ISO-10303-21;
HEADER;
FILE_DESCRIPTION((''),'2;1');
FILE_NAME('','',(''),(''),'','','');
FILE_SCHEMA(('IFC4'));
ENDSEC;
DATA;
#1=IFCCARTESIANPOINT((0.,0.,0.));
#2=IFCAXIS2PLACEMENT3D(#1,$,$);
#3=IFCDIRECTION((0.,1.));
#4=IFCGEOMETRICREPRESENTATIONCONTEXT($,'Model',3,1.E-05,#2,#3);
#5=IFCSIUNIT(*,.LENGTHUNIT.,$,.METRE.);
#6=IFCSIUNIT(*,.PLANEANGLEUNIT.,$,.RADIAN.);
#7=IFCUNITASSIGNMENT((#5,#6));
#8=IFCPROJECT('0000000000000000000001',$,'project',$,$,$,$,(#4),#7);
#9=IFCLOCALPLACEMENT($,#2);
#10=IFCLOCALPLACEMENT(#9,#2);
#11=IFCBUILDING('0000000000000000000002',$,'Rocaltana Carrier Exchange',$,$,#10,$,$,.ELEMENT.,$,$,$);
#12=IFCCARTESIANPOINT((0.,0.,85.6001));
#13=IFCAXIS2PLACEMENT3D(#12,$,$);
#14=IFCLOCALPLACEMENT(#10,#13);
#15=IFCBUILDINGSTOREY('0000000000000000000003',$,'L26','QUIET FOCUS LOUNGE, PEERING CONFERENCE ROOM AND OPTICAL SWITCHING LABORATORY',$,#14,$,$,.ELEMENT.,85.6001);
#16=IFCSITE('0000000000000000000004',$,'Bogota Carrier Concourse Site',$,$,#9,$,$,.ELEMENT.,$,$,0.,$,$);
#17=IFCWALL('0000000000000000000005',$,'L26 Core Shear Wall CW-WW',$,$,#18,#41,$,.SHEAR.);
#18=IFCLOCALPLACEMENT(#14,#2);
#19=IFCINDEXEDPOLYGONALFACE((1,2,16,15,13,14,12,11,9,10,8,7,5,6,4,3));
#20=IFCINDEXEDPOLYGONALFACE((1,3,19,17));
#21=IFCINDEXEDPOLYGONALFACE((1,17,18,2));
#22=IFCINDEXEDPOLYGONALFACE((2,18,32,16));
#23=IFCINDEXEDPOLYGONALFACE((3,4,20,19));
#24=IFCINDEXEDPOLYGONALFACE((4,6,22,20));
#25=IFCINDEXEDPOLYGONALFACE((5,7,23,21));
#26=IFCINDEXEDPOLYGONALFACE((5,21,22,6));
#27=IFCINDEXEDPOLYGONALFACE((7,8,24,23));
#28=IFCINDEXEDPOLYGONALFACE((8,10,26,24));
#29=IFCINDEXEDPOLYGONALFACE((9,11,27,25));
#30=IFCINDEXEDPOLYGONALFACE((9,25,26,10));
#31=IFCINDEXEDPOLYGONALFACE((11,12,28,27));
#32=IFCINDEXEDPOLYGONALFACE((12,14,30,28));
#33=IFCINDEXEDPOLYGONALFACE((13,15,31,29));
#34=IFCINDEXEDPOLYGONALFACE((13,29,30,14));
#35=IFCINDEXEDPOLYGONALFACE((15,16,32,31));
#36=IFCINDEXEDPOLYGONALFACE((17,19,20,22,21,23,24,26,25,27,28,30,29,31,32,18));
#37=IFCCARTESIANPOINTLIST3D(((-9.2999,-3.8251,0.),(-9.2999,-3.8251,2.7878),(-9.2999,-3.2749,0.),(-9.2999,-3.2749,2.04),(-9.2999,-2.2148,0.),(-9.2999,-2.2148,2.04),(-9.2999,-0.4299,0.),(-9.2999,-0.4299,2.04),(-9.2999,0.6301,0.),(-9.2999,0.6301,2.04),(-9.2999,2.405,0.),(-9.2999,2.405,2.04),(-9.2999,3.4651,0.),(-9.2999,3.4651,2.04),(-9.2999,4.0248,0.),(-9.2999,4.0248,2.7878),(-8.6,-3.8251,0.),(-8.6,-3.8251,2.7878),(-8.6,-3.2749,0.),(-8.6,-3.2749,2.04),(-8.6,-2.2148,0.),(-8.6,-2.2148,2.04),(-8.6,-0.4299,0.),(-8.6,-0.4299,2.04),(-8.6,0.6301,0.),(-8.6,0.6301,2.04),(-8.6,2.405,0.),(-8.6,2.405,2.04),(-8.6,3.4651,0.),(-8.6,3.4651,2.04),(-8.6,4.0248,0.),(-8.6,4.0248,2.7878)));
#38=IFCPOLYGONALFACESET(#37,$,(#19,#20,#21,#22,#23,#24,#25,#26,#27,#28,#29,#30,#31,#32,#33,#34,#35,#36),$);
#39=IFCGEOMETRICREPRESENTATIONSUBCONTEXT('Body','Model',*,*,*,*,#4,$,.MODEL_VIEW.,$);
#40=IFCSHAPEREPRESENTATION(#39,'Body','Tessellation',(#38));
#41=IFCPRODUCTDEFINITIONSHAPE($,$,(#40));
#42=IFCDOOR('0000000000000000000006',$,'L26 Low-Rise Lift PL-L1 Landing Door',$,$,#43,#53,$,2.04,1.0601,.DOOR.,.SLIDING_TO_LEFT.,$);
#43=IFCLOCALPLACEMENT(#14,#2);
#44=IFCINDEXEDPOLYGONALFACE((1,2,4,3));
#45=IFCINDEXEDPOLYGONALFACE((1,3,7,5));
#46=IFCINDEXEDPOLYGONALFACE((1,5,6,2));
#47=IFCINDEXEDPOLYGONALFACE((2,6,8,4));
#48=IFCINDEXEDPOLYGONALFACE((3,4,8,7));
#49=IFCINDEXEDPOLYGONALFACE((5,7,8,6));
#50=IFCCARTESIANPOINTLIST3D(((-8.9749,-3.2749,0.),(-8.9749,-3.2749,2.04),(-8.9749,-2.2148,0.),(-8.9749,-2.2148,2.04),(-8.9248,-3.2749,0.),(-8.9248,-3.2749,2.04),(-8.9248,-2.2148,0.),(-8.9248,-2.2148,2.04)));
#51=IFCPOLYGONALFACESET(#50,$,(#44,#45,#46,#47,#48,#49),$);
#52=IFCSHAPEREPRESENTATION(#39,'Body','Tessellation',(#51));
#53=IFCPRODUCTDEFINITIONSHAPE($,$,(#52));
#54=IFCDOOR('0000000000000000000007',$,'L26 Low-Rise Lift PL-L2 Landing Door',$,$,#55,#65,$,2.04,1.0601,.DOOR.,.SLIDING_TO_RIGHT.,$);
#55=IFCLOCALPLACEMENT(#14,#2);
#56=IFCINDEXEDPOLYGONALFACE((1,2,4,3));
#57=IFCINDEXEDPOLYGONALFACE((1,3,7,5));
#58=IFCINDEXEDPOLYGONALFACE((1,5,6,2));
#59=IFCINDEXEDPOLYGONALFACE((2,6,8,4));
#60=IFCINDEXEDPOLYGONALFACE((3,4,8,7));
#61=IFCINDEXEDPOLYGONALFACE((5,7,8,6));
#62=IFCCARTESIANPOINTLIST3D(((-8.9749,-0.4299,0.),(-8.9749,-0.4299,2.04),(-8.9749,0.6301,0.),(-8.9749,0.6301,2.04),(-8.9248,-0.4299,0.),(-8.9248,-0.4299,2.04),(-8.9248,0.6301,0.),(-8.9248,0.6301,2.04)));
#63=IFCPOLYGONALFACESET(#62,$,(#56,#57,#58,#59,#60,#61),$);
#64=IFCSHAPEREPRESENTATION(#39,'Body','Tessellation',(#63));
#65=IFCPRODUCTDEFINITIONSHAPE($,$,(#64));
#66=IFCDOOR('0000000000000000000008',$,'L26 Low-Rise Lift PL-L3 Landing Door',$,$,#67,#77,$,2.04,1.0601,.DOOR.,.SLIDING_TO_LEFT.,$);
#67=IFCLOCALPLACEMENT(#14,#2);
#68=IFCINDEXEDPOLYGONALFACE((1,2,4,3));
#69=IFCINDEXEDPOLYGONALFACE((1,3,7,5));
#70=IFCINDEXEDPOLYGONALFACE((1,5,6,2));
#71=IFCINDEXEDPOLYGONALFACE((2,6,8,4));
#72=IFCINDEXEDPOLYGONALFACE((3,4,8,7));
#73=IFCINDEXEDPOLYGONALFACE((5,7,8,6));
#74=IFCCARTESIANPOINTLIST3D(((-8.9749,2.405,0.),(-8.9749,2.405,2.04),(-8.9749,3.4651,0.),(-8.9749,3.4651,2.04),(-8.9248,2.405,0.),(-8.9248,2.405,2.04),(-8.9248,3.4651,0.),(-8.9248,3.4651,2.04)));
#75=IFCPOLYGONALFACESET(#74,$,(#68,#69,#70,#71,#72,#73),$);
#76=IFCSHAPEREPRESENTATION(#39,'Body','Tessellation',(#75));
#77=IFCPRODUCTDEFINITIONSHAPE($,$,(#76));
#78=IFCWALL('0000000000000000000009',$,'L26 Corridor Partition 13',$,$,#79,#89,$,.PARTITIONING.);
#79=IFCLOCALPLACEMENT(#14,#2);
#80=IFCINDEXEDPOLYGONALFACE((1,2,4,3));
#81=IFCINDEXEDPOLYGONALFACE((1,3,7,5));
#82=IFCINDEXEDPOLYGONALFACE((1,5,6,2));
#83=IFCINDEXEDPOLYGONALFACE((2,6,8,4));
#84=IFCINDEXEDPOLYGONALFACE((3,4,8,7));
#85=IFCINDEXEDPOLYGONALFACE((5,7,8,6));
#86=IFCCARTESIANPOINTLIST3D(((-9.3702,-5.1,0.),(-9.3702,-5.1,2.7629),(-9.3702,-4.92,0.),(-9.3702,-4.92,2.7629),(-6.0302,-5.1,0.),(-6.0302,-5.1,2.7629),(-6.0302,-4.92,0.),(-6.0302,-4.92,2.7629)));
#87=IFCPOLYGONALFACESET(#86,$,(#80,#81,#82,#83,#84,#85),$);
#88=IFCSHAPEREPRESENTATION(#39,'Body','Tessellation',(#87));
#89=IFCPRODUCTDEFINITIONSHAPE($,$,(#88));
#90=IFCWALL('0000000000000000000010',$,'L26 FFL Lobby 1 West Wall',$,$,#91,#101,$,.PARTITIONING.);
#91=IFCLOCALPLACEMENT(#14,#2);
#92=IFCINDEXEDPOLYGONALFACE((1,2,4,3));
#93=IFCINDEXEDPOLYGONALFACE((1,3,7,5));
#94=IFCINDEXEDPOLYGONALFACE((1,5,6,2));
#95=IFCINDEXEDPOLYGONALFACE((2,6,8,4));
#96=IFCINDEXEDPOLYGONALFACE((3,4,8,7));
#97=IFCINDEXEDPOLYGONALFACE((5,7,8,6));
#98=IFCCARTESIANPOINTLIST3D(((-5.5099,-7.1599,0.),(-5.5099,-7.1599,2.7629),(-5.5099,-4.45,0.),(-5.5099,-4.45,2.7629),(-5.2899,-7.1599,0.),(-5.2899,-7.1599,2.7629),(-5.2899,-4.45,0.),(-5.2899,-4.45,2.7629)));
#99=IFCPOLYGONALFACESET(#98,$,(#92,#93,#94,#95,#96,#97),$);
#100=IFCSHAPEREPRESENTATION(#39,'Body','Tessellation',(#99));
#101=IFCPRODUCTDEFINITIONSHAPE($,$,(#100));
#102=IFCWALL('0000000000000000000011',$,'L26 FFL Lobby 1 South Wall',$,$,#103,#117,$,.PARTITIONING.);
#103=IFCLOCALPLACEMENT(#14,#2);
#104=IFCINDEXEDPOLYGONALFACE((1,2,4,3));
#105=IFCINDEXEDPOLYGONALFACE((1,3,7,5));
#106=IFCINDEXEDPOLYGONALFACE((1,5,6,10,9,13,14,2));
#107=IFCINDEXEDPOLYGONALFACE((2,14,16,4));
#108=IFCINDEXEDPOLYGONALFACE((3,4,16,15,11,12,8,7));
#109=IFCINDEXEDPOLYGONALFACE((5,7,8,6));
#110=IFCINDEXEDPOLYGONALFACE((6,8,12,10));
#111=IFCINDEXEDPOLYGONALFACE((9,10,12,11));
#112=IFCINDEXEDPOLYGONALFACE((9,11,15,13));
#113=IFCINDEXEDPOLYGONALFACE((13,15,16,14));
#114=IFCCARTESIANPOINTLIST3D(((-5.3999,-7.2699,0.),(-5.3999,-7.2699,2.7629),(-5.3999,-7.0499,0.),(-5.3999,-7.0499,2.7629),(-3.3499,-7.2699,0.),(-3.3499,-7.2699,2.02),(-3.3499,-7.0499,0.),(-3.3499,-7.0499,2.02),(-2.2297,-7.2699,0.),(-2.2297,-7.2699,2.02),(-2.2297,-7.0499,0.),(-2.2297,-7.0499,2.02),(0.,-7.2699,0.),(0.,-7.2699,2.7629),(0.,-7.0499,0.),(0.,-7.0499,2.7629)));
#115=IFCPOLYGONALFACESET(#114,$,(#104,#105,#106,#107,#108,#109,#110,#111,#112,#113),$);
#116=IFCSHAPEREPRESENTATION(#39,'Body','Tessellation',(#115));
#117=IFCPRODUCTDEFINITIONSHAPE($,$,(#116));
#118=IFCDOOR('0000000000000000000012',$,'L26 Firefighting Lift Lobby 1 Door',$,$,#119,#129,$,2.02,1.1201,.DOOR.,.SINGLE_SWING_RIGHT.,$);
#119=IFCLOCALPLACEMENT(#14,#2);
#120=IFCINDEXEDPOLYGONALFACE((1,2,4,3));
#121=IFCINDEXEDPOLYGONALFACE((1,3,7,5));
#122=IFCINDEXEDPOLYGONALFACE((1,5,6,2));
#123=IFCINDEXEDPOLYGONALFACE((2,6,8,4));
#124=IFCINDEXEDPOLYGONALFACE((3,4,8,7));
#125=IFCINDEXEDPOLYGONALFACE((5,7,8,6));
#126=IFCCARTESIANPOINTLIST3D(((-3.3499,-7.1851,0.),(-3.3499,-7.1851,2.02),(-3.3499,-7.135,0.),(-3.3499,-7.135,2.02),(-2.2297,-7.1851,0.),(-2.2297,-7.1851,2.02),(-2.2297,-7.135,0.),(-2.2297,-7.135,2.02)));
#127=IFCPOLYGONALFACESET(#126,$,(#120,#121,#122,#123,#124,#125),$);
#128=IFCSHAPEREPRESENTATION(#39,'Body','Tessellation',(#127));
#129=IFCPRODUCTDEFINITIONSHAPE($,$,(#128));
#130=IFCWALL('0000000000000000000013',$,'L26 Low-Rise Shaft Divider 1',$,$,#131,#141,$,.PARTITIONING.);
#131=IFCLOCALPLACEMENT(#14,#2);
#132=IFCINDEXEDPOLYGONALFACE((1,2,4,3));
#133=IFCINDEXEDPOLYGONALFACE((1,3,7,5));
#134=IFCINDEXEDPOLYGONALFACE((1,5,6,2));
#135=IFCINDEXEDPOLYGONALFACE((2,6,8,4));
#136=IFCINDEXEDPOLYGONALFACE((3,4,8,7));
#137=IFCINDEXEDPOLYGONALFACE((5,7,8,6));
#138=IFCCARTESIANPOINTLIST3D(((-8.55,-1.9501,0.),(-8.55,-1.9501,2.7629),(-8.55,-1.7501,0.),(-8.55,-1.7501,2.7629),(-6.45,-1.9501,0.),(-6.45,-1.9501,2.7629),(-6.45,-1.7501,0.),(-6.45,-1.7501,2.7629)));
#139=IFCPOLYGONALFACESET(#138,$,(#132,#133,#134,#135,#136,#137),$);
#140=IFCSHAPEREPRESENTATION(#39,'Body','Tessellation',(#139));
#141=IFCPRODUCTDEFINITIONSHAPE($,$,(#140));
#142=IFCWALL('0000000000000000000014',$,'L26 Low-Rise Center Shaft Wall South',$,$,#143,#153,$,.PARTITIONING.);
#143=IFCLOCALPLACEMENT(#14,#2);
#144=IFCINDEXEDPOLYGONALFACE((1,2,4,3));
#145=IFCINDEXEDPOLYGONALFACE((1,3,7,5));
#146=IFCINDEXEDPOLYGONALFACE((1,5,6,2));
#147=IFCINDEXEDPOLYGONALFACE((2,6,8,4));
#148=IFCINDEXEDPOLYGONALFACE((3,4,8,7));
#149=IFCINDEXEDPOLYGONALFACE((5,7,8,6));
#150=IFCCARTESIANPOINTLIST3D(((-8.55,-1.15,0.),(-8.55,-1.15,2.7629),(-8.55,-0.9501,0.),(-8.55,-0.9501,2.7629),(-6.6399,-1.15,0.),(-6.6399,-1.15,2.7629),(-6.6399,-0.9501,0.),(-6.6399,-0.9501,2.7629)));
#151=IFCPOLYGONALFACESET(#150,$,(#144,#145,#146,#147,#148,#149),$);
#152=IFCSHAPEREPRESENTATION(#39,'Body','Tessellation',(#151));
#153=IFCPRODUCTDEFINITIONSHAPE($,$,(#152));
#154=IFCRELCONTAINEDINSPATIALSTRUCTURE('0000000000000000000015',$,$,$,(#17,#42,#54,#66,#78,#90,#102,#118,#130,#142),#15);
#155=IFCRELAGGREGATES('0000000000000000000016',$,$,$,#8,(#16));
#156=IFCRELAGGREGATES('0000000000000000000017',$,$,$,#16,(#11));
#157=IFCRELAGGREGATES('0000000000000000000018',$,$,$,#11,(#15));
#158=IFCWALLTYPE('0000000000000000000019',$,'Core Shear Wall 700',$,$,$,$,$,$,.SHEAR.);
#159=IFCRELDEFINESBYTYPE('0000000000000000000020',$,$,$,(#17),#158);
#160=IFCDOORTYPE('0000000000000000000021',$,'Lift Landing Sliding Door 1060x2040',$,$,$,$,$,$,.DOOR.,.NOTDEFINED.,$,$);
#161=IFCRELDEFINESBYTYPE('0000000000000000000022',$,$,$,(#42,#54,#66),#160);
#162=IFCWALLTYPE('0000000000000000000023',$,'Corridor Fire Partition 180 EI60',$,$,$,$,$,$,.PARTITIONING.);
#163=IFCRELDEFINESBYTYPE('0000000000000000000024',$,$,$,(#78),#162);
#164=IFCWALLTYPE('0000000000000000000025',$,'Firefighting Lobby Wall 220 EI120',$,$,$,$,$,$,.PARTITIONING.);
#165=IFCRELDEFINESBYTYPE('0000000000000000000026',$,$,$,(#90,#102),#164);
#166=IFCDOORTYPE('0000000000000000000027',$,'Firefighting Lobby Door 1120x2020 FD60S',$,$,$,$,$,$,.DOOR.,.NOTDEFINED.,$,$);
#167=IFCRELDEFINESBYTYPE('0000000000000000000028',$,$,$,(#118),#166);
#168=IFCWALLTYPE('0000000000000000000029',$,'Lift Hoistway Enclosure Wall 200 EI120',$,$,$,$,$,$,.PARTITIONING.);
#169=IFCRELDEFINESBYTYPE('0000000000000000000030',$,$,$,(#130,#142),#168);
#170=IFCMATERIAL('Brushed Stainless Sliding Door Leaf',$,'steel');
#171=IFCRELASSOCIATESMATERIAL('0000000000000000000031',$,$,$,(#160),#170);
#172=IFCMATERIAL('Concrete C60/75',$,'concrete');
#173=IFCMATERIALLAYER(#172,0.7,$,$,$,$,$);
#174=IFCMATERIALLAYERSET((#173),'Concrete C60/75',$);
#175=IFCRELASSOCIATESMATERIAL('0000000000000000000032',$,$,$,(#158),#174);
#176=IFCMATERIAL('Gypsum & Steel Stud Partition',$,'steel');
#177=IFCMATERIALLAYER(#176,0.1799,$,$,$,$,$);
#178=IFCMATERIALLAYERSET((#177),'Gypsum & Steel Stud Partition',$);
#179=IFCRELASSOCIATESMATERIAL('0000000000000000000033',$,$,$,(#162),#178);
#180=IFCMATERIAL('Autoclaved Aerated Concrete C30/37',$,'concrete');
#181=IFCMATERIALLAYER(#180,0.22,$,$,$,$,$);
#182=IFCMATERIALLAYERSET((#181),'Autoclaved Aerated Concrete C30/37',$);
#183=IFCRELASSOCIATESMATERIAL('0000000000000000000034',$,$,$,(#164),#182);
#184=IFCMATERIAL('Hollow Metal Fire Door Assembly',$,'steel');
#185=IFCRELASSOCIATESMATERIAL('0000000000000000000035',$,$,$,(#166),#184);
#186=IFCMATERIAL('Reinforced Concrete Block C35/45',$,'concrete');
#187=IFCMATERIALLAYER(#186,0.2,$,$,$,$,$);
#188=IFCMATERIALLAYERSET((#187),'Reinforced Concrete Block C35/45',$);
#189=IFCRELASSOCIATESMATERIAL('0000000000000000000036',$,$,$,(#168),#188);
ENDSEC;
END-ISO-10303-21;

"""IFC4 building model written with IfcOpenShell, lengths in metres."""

from ifc_helpers import new_model, si_unit, direction, frame, frame_2d, origin, place, context, subcontext, project, spatial, rectangle, extrude, material, layer, layer_set, type_object, element, fill, save


model = new_model("IFC4")

# Units and contexts
model_context = context("Model", 3, precision=1e-05, world=origin(), true_north=direction((0.0, 1.0)))
body_context = subcontext(model_context, "Body", "Model", "MODEL_VIEW")
ifc_project = project(units=[si_unit("LENGTHUNIT", "METRE"), si_unit("PLANEANGLEUNIT", "RADIAN")], contexts=[model_context])

# Site, building, storey
site_placement = place(None, origin())
site = spatial("IfcSite", under=ifc_project, at=site_placement, Name="Bogota Carrier Concourse Site", CompositionType="ELEMENT", RefElevation=0.0)
building_placement = place(site_placement, origin())
building = spatial("IfcBuilding", under=site, at=building_placement, Name="Rocaltana Carrier Exchange", CompositionType="ELEMENT")
storey_placement = place(building_placement, frame((0.0, 0.0, 85.6001)))
storey = spatial("IfcBuildingStorey", under=building, at=storey_placement, Name="L26", Description="QUIET FOCUS LOUNGE, PEERING CONFERENCE ROOM AND OPTICAL SWITCHING LABORATORY", CompositionType="ELEMENT", Elevation=85.6001)

# Shared definitions
ifc_material_1 = material(Name="Brushed Stainless Sliding Door Leaf", Category="steel")
door_type_1 = type_object("IfcDoorType", Name="Lift Landing Sliding Door 1060x2040", OperationType="NOTDEFINED", PredefinedType="DOOR", material=ifc_material_1)

# Shared definitions
ifc_material_2 = material(Name="Concrete C60/75", Category="concrete")
ifc_layer_1 = layer(ifc_material_2, 0.7)
ifc_layer_set_1 = layer_set([ifc_layer_1], Name="Concrete C60/75")
wall_type_1 = type_object("IfcWallType", Name="Core Shear Wall 700", PredefinedType="SHEAR", material=ifc_layer_set_1)

# Wall, openings, doors
wall_1_placement = place(storey_placement, frame((-8.95, -3.825, 0.0), z_axis=(0.0, 0.0, 1.0), x_axis=(0.0, 1.0, 0.0)))
wall_1 = element("IfcWall", 1, at=wall_1_placement, inside=storey, type_object=wall_type_1, Name="L26 Core Shear Wall CW-WW", PredefinedType="SHEAR", context=body_context, shape_type="SweptSolid", body=[
    extrude(rectangle(XDim=7.8499, YDim=0.7, at=frame_2d((3.9248, 0.0))), origin(), (0.0, 0.0, 1.0), 2.7878),
])
opening_1_placement = place(wall_1_placement, frame((0.55, 0.0, 0.0)))
opening_1 = element("IfcOpeningElement", 2, at=opening_1_placement, cuts=wall_1, PredefinedType="OPENING", context=body_context, shape_type="SweptSolid", body=[
    extrude(rectangle(XDim=1.0601, YDim=2.04, at=frame_2d((0.53, 1.02))), frame((0.0, 0.3599, 0.0), z_axis=(0.0, -1.0, 0.0), x_axis=(1.0, 0.0, 0.0)), (0.0, 0.0, 1.0), 0.72),
])
opening_2_placement = place(wall_1_placement, frame((3.395, 0.0, 0.0)))
opening_2 = element("IfcOpeningElement", 3, at=opening_2_placement, cuts=wall_1, PredefinedType="OPENING", context=body_context, shape_type="SweptSolid", body=[
    extrude(rectangle(XDim=1.0601, YDim=2.04, at=frame_2d((0.53, 1.02))), frame((0.0, 0.3599, 0.0), z_axis=(0.0, -1.0, 0.0), x_axis=(1.0, 0.0, 0.0)), (0.0, 0.0, 1.0), 0.72),
])
opening_3_placement = place(wall_1_placement, frame((6.23, 0.0, 0.0)))
opening_3 = element("IfcOpeningElement", 4, at=opening_3_placement, cuts=wall_1, PredefinedType="OPENING", context=body_context, shape_type="SweptSolid", body=[
    extrude(rectangle(XDim=1.0601, YDim=2.04, at=frame_2d((0.53, 1.02))), frame((0.0, 0.3599, 0.0), z_axis=(0.0, -1.0, 0.0), x_axis=(1.0, 0.0, 0.0)), (0.0, 0.0, 1.0), 0.72),
])
door_1_placement = place(opening_1_placement, origin())
door_1 = element("IfcDoor", 5, at=door_1_placement, inside=storey, type_object=door_type_1, Name="L26 Low-Rise Lift PL-L1 Landing Door", OperationType="SLIDING_TO_LEFT", OverallHeight=2.04, OverallWidth=1.0601, PredefinedType="DOOR", context=body_context, shape_type="SweptSolid", body=[
    extrude(rectangle(XDim=1.0601, YDim=2.04, at=frame_2d((0.53, 1.02))), frame((0.0, 0.0249, 0.0), z_axis=(0.0, -1.0, 0.0), x_axis=(1.0, 0.0, 0.0)), (0.0, 0.0, 1.0), 0.05),
])
fill(opening_1, door_1)
door_2_placement = place(opening_2_placement, origin())
door_2 = element("IfcDoor", 6, at=door_2_placement, inside=storey, type_object=door_type_1, Name="L26 Low-Rise Lift PL-L2 Landing Door", OperationType="SLIDING_TO_RIGHT", OverallHeight=2.04, OverallWidth=1.0601, PredefinedType="DOOR", context=body_context, shape_type="SweptSolid", body=[
    extrude(rectangle(XDim=1.0601, YDim=2.04, at=frame_2d((0.53, 1.02))), frame((0.0, 0.0249, 0.0), z_axis=(0.0, -1.0, 0.0), x_axis=(1.0, 0.0, 0.0)), (0.0, 0.0, 1.0), 0.05),
])
fill(opening_2, door_2)
door_3_placement = place(opening_3_placement, origin())
door_3 = element("IfcDoor", 7, at=door_3_placement, inside=storey, type_object=door_type_1, Name="L26 Low-Rise Lift PL-L3 Landing Door", OperationType="SLIDING_TO_LEFT", OverallHeight=2.04, OverallWidth=1.0601, PredefinedType="DOOR", context=body_context, shape_type="SweptSolid", body=[
    extrude(rectangle(XDim=1.0601, YDim=2.04, at=frame_2d((0.53, 1.02))), frame((0.0, 0.0249, 0.0), z_axis=(0.0, -1.0, 0.0), x_axis=(1.0, 0.0, 0.0)), (0.0, 0.0, 1.0), 0.05),
])
fill(opening_3, door_3)

# Walls
ifc_material_3 = material(Name="Gypsum & Steel Stud Partition", Category="steel")
ifc_layer_2 = layer(ifc_material_3, 0.1799)
ifc_layer_set_2 = layer_set([ifc_layer_2], Name="Gypsum & Steel Stud Partition")
wall_type_2 = type_object("IfcWallType", Name="Corridor Fire Partition 180 EI60", PredefinedType="PARTITIONING", material=ifc_layer_set_2)
wall_2_placement = place(storey_placement, frame((-9.3701, -5.01, 0.0), z_axis=(0.0, 0.0, 1.0), x_axis=(1.0, 0.0, 0.0)))
element("IfcWall", 8, at=wall_2_placement, inside=storey, type_object=wall_type_2, Name="L26 Corridor Partition 13", PredefinedType="PARTITIONING", context=body_context, shape_type="SweptSolid", body=[
    extrude(rectangle(XDim=3.3401, YDim=0.1799, at=frame_2d((1.6699, 0.0))), origin(), (0.0, 0.0, 1.0), 2.7629),
])
ifc_material_4 = material(Name="Autoclaved Aerated Concrete C30/37", Category="concrete")
ifc_layer_3 = layer(ifc_material_4, 0.22)
ifc_layer_set_3 = layer_set([ifc_layer_3], Name="Autoclaved Aerated Concrete C30/37")
wall_type_3 = type_object("IfcWallType", Name="Firefighting Lobby Wall 220 EI120", PredefinedType="PARTITIONING", material=ifc_layer_set_3)
wall_3_placement = place(storey_placement, frame((-5.3999, -7.1599, 0.0), z_axis=(0.0, 0.0, 1.0), x_axis=(0.0, 1.0, 0.0)))
element("IfcWall", 9, at=wall_3_placement, inside=storey, type_object=wall_type_3, Name="L26 FFL Lobby 1 West Wall", PredefinedType="PARTITIONING", context=body_context, shape_type="SweptSolid", body=[
    extrude(rectangle(XDim=2.71, YDim=0.22, at=frame_2d((1.355, 0.0))), origin(), (0.0, 0.0, 1.0), 2.7629),
])

# Wall, opening, door
wall_4_placement = place(storey_placement, frame((-5.3999, -7.1599, 0.0), z_axis=(0.0, 0.0, 1.0), x_axis=(1.0, 0.0, 0.0)))
wall_4 = element("IfcWall", 10, at=wall_4_placement, inside=storey, type_object=wall_type_3, Name="L26 FFL Lobby 1 South Wall", PredefinedType="PARTITIONING", context=body_context, shape_type="SweptSolid", body=[
    extrude(rectangle(XDim=5.3999, YDim=0.22, at=frame_2d((2.7, 0.0))), origin(), (0.0, 0.0, 1.0), 2.7629),
])
opening_4_placement = place(wall_4_placement, frame((2.05, 0.0, 0.0)))
opening_4 = element("IfcOpeningElement", 11, at=opening_4_placement, cuts=wall_4, PredefinedType="OPENING", context=body_context, shape_type="SweptSolid", body=[
    extrude(rectangle(XDim=1.1201, YDim=2.02, at=frame_2d((0.5601, 1.01))), frame((0.0, 0.1199, 0.0), z_axis=(0.0, -1.0, 0.0), x_axis=(1.0, 0.0, 0.0)), (0.0, 0.0, 1.0), 0.24),
])
ifc_material_5 = material(Name="Hollow Metal Fire Door Assembly", Category="steel")
door_type_2 = type_object("IfcDoorType", Name="Firefighting Lobby Door 1120x2020 FD60S", OperationType="NOTDEFINED", PredefinedType="DOOR", material=ifc_material_5)
door_4_placement = place(opening_4_placement, origin())
door_4 = element("IfcDoor", 12, at=door_4_placement, inside=storey, type_object=door_type_2, Name="L26 Firefighting Lift Lobby 1 Door", OperationType="SINGLE_SWING_RIGHT", OverallHeight=2.02, OverallWidth=1.1201, PredefinedType="DOOR", context=body_context, shape_type="SweptSolid", body=[
    extrude(rectangle(XDim=1.1201, YDim=2.02, at=frame_2d((0.5601, 1.01))), frame((0.0, 0.0249, 0.0), z_axis=(0.0, -1.0, 0.0), x_axis=(1.0, 0.0, 0.0)), (0.0, 0.0, 1.0), 0.05),
])
fill(opening_4, door_4)

# Walls
ifc_material_6 = material(Name="Reinforced Concrete Block C35/45", Category="concrete")
ifc_layer_4 = layer(ifc_material_6, 0.2)
ifc_layer_set_4 = layer_set([ifc_layer_4], Name="Reinforced Concrete Block C35/45")
wall_type_4 = type_object("IfcWallType", Name="Lift Hoistway Enclosure Wall 200 EI120", PredefinedType="PARTITIONING", material=ifc_layer_set_4)
wall_5_placement = place(storey_placement, frame((-8.55, -1.8501, 0.0), z_axis=(0.0, 0.0, 1.0), x_axis=(1.0, 0.0, 0.0)))
element("IfcWall", 13, at=wall_5_placement, inside=storey, type_object=wall_type_4, Name="L26 Low-Rise Shaft Divider 1", PredefinedType="PARTITIONING", context=body_context, shape_type="SweptSolid", body=[
    extrude(rectangle(XDim=2.1001, YDim=0.2, at=frame_2d((1.05, 0.0))), origin(), (0.0, 0.0, 1.0), 2.7629),
])
wall_6_placement = place(storey_placement, frame((-8.55, -1.05, 0.0), z_axis=(0.0, 0.0, 1.0), x_axis=(1.0, 0.0, 0.0)))
element("IfcWall", 14, at=wall_6_placement, inside=storey, type_object=wall_type_4, Name="L26 Low-Rise Center Shaft Wall South", PredefinedType="PARTITIONING", context=body_context, shape_type="SweptSolid", body=[
    extrude(rectangle(XDim=1.9102, YDim=0.2, at=frame_2d((0.9551, 0.0))), origin(), (0.0, 0.0, 1.0), 2.7629),
])

save(model, "model.ifc")
